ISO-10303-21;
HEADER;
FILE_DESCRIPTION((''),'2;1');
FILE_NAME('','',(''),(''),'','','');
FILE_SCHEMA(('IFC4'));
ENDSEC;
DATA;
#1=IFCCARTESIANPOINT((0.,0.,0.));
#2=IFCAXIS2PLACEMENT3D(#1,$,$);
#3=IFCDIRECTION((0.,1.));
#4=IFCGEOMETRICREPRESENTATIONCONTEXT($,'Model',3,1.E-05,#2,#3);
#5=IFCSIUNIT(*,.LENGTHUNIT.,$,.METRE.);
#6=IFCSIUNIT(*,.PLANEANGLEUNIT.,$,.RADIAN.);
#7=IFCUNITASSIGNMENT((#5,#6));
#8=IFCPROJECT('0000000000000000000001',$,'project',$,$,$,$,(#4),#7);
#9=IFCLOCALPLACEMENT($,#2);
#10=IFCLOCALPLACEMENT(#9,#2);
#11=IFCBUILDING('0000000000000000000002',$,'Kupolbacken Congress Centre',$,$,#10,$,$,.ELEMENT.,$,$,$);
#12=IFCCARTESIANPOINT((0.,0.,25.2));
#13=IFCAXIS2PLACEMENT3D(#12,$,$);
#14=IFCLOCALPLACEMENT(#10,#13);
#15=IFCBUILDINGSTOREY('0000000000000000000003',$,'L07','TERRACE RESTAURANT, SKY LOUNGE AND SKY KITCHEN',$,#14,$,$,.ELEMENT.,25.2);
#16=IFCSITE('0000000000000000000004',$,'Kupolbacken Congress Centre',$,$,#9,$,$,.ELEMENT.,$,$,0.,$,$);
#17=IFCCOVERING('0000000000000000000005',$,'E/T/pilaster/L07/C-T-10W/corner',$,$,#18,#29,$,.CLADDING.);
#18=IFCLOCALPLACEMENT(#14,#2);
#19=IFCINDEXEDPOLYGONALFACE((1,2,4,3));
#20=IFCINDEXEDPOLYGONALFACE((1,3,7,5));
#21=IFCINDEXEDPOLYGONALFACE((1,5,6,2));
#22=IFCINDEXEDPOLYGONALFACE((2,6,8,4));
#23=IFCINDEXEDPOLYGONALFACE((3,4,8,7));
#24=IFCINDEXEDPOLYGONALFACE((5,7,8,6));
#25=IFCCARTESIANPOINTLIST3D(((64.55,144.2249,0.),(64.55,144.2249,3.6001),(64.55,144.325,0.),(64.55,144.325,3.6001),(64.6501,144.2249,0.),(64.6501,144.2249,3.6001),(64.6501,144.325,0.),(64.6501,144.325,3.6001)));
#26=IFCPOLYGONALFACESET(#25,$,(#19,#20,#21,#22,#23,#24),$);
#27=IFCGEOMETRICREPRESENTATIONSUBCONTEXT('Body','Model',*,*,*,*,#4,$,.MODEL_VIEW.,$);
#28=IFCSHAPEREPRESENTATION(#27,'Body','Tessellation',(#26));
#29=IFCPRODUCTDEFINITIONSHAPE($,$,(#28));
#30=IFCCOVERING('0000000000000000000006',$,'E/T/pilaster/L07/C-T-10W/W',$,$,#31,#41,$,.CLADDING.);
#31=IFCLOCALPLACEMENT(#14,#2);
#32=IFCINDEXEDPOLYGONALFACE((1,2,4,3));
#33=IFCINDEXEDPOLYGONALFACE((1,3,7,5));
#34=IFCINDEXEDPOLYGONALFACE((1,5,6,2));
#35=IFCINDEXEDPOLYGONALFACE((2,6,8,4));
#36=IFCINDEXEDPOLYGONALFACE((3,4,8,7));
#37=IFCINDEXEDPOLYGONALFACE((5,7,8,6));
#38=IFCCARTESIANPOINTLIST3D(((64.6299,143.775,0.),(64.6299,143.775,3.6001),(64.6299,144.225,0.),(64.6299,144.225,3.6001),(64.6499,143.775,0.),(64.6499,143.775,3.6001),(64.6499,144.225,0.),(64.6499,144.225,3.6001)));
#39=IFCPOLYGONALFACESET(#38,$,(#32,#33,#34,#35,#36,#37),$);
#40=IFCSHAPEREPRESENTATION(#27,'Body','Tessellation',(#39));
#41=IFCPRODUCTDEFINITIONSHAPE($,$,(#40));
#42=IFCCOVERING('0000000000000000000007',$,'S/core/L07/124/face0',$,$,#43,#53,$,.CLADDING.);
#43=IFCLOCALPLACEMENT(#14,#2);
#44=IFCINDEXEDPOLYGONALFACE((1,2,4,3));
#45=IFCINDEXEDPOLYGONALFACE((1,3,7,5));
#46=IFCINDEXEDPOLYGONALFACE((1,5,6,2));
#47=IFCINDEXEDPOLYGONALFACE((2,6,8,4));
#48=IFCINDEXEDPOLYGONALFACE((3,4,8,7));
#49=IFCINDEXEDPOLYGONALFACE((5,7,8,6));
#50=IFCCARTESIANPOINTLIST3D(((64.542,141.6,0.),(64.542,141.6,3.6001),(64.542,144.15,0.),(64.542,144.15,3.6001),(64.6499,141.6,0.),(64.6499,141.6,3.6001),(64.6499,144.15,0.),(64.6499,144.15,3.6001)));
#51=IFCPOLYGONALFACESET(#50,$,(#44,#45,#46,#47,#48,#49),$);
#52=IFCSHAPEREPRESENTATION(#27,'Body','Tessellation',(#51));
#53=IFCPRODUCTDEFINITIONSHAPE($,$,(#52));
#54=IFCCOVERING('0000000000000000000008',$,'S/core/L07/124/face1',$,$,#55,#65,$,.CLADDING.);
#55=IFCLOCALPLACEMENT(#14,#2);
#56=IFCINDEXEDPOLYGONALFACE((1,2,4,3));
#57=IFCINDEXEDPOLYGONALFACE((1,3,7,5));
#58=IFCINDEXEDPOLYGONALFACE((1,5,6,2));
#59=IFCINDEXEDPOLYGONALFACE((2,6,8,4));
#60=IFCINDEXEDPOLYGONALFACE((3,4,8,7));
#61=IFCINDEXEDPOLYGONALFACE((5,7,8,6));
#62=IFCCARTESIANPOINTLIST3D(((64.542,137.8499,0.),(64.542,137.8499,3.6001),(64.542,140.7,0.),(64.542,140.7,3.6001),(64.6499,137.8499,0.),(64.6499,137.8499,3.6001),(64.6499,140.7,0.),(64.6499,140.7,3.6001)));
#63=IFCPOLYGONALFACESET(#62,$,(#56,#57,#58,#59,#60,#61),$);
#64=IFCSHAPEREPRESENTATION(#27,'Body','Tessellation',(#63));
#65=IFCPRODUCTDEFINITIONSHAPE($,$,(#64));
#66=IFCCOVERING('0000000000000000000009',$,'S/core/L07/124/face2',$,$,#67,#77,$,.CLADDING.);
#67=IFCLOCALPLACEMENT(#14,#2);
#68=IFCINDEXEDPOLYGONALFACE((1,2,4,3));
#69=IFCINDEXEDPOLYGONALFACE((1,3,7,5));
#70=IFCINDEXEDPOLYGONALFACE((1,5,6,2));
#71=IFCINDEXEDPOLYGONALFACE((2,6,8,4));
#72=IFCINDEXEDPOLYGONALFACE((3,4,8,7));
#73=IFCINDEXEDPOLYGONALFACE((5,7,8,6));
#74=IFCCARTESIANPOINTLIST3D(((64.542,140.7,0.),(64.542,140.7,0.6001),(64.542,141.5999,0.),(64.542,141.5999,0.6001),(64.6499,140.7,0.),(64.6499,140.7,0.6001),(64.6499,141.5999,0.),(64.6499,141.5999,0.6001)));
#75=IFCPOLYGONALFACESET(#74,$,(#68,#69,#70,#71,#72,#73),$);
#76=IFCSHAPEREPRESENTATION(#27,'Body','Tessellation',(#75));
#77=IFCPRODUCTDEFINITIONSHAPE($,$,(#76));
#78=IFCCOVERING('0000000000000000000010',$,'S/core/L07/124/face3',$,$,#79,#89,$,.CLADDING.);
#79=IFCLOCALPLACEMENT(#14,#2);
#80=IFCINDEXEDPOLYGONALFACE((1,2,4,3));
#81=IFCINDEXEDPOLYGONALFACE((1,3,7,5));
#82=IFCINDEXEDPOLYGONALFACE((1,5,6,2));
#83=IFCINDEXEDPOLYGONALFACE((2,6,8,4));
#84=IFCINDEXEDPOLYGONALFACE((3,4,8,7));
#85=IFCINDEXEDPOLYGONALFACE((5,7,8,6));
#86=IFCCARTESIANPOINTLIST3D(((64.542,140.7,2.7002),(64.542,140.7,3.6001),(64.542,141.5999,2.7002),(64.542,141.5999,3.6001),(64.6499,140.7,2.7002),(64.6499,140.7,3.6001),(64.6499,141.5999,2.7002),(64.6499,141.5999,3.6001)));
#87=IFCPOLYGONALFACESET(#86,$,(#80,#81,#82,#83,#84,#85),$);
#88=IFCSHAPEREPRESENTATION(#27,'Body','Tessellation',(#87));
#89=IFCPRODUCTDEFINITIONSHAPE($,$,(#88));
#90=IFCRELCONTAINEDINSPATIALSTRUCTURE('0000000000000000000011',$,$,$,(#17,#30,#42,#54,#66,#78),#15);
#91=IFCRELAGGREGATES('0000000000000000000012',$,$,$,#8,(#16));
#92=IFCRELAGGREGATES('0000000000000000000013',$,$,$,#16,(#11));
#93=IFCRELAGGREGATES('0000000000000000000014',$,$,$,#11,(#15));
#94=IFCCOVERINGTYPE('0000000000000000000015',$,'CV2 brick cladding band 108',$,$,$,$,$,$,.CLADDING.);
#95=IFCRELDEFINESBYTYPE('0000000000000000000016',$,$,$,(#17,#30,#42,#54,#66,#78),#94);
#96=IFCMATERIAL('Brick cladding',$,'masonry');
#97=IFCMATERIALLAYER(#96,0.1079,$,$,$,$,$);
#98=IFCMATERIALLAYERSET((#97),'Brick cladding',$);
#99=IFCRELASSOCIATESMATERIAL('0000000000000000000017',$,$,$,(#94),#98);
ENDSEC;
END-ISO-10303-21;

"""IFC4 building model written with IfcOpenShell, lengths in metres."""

from ifc_helpers import new_model, si_unit, direction, frame, origin, origin_2d, place, context, subcontext, project, spatial, rectangle, extrude, material, layer, layer_set, type_object, element, save


model = new_model("IFC4")

# Units and contexts
model_context = context("Model", 3, precision=1e-05, world=origin(), true_north=direction((0.0, 1.0)))
body_context = subcontext(model_context, "Body", "Model", "MODEL_VIEW")
ifc_project = project(units=[si_unit("LENGTHUNIT", "METRE"), si_unit("PLANEANGLEUNIT", "RADIAN")], contexts=[model_context])

# Site, building, storey
site_placement = place(None, origin())
site = spatial("IfcSite", under=ifc_project, at=site_placement, Name="Kupolbacken Congress Centre", CompositionType="ELEMENT", RefElevation=0.0)
building_placement = place(site_placement, origin())
building = spatial("IfcBuilding", under=site, at=building_placement, Name="Kupolbacken Congress Centre", CompositionType="ELEMENT")
storey_placement = place(building_placement, frame((0.0, 0.0, 25.2)))
storey = spatial("IfcBuildingStorey", under=building, at=storey_placement, Name="L07", Description="TERRACE RESTAURANT, SKY LOUNGE AND SKY KITCHEN", CompositionType="ELEMENT", Elevation=25.2)

# Coverings
ifc_material_1 = material(Name="Brick cladding", Category="masonry")
ifc_layer_1 = layer(ifc_material_1, 0.1079)
ifc_layer_set_1 = layer_set([ifc_layer_1], Name="Brick cladding")
covering_type = type_object("IfcCoveringType", Name="CV2 brick cladding band 108", PredefinedType="CLADDING", material=ifc_layer_set_1)
covering_1_placement = place(storey_placement, frame((64.6001, 144.2749, 0.0), z_axis=(0.0, 0.0, 1.0), x_axis=(1.0, 0.0, 0.0)))
element("IfcCovering", 1, at=covering_1_placement, inside=storey, type_object=covering_type, Name="E/T/pilaster/L07/C-T-10W/corner", PredefinedType="CLADDING", context=body_context, shape_type="SweptSolid", body=[
    extrude(rectangle(XDim=0.1001, YDim=0.1001, at=origin_2d()), origin(), (0.0, 0.0, 1.0), 3.6001),
])
covering_2_placement = place(storey_placement, frame((64.6399, 144.0, 0.0), z_axis=(0.0, 0.0, 1.0), x_axis=(1.0, 0.0, 0.0)))
element("IfcCovering", 2, at=covering_2_placement, inside=storey, type_object=covering_type, Name="E/T/pilaster/L07/C-T-10W/W", PredefinedType="CLADDING", context=body_context, shape_type="SweptSolid", body=[
    extrude(rectangle(XDim=0.02, YDim=0.45, at=origin_2d()), origin(), (0.0, 0.0, 1.0), 3.6001),
])
covering_3_placement = place(storey_placement, frame((64.5959, 142.875, 0.0), z_axis=(0.0, 0.0, 1.0), x_axis=(0.0, -1.0, 0.0)))
element("IfcCovering", 3, at=covering_3_placement, inside=storey, type_object=covering_type, Name="S/core/L07/124/face0", PredefinedType="CLADDING", context=body_context, shape_type="SweptSolid", body=[
    extrude(rectangle(XDim=2.55, YDim=0.1079, at=origin_2d()), origin(), (0.0, 0.0, 1.0), 3.6001),
])
covering_4_placement = place(storey_placement, frame((64.5959, 139.2749, 0.0), z_axis=(0.0, 0.0, 1.0), x_axis=(0.0, -1.0, 0.0)))
element("IfcCovering", 4, at=covering_4_placement, inside=storey, type_object=covering_type, Name="S/core/L07/124/face1", PredefinedType="CLADDING", context=body_context, shape_type="SweptSolid", body=[
    extrude(rectangle(XDim=2.8501, YDim=0.1079, at=origin_2d()), origin(), (0.0, 0.0, 1.0), 3.6001),
])
covering_5_placement = place(storey_placement, frame((64.5959, 141.1499, 0.0), z_axis=(0.0, 0.0, 1.0), x_axis=(0.0, -1.0, 0.0)))
element("IfcCovering", 5, at=covering_5_placement, inside=storey, type_object=covering_type, Name="S/core/L07/124/face2", PredefinedType="CLADDING", context=body_context, shape_type="SweptSolid", body=[
    extrude(rectangle(XDim=0.8999, YDim=0.1079, at=origin_2d()), origin(), (0.0, 0.0, 1.0), 0.6001),
])
covering_6_placement = place(storey_placement, frame((64.5959, 141.1499, 2.7002), z_axis=(0.0, 0.0, 1.0), x_axis=(0.0, -1.0, 0.0)))
element("IfcCovering", 6, at=covering_6_placement, inside=storey, type_object=covering_type, Name="S/core/L07/124/face3", PredefinedType="CLADDING", context=body_context, shape_type="SweptSolid", body=[
    extrude(rectangle(XDim=0.8999, YDim=0.1079, at=origin_2d()), origin(), (0.0, 0.0, 1.0), 0.8999),
])

save(model, "model.ifc")
